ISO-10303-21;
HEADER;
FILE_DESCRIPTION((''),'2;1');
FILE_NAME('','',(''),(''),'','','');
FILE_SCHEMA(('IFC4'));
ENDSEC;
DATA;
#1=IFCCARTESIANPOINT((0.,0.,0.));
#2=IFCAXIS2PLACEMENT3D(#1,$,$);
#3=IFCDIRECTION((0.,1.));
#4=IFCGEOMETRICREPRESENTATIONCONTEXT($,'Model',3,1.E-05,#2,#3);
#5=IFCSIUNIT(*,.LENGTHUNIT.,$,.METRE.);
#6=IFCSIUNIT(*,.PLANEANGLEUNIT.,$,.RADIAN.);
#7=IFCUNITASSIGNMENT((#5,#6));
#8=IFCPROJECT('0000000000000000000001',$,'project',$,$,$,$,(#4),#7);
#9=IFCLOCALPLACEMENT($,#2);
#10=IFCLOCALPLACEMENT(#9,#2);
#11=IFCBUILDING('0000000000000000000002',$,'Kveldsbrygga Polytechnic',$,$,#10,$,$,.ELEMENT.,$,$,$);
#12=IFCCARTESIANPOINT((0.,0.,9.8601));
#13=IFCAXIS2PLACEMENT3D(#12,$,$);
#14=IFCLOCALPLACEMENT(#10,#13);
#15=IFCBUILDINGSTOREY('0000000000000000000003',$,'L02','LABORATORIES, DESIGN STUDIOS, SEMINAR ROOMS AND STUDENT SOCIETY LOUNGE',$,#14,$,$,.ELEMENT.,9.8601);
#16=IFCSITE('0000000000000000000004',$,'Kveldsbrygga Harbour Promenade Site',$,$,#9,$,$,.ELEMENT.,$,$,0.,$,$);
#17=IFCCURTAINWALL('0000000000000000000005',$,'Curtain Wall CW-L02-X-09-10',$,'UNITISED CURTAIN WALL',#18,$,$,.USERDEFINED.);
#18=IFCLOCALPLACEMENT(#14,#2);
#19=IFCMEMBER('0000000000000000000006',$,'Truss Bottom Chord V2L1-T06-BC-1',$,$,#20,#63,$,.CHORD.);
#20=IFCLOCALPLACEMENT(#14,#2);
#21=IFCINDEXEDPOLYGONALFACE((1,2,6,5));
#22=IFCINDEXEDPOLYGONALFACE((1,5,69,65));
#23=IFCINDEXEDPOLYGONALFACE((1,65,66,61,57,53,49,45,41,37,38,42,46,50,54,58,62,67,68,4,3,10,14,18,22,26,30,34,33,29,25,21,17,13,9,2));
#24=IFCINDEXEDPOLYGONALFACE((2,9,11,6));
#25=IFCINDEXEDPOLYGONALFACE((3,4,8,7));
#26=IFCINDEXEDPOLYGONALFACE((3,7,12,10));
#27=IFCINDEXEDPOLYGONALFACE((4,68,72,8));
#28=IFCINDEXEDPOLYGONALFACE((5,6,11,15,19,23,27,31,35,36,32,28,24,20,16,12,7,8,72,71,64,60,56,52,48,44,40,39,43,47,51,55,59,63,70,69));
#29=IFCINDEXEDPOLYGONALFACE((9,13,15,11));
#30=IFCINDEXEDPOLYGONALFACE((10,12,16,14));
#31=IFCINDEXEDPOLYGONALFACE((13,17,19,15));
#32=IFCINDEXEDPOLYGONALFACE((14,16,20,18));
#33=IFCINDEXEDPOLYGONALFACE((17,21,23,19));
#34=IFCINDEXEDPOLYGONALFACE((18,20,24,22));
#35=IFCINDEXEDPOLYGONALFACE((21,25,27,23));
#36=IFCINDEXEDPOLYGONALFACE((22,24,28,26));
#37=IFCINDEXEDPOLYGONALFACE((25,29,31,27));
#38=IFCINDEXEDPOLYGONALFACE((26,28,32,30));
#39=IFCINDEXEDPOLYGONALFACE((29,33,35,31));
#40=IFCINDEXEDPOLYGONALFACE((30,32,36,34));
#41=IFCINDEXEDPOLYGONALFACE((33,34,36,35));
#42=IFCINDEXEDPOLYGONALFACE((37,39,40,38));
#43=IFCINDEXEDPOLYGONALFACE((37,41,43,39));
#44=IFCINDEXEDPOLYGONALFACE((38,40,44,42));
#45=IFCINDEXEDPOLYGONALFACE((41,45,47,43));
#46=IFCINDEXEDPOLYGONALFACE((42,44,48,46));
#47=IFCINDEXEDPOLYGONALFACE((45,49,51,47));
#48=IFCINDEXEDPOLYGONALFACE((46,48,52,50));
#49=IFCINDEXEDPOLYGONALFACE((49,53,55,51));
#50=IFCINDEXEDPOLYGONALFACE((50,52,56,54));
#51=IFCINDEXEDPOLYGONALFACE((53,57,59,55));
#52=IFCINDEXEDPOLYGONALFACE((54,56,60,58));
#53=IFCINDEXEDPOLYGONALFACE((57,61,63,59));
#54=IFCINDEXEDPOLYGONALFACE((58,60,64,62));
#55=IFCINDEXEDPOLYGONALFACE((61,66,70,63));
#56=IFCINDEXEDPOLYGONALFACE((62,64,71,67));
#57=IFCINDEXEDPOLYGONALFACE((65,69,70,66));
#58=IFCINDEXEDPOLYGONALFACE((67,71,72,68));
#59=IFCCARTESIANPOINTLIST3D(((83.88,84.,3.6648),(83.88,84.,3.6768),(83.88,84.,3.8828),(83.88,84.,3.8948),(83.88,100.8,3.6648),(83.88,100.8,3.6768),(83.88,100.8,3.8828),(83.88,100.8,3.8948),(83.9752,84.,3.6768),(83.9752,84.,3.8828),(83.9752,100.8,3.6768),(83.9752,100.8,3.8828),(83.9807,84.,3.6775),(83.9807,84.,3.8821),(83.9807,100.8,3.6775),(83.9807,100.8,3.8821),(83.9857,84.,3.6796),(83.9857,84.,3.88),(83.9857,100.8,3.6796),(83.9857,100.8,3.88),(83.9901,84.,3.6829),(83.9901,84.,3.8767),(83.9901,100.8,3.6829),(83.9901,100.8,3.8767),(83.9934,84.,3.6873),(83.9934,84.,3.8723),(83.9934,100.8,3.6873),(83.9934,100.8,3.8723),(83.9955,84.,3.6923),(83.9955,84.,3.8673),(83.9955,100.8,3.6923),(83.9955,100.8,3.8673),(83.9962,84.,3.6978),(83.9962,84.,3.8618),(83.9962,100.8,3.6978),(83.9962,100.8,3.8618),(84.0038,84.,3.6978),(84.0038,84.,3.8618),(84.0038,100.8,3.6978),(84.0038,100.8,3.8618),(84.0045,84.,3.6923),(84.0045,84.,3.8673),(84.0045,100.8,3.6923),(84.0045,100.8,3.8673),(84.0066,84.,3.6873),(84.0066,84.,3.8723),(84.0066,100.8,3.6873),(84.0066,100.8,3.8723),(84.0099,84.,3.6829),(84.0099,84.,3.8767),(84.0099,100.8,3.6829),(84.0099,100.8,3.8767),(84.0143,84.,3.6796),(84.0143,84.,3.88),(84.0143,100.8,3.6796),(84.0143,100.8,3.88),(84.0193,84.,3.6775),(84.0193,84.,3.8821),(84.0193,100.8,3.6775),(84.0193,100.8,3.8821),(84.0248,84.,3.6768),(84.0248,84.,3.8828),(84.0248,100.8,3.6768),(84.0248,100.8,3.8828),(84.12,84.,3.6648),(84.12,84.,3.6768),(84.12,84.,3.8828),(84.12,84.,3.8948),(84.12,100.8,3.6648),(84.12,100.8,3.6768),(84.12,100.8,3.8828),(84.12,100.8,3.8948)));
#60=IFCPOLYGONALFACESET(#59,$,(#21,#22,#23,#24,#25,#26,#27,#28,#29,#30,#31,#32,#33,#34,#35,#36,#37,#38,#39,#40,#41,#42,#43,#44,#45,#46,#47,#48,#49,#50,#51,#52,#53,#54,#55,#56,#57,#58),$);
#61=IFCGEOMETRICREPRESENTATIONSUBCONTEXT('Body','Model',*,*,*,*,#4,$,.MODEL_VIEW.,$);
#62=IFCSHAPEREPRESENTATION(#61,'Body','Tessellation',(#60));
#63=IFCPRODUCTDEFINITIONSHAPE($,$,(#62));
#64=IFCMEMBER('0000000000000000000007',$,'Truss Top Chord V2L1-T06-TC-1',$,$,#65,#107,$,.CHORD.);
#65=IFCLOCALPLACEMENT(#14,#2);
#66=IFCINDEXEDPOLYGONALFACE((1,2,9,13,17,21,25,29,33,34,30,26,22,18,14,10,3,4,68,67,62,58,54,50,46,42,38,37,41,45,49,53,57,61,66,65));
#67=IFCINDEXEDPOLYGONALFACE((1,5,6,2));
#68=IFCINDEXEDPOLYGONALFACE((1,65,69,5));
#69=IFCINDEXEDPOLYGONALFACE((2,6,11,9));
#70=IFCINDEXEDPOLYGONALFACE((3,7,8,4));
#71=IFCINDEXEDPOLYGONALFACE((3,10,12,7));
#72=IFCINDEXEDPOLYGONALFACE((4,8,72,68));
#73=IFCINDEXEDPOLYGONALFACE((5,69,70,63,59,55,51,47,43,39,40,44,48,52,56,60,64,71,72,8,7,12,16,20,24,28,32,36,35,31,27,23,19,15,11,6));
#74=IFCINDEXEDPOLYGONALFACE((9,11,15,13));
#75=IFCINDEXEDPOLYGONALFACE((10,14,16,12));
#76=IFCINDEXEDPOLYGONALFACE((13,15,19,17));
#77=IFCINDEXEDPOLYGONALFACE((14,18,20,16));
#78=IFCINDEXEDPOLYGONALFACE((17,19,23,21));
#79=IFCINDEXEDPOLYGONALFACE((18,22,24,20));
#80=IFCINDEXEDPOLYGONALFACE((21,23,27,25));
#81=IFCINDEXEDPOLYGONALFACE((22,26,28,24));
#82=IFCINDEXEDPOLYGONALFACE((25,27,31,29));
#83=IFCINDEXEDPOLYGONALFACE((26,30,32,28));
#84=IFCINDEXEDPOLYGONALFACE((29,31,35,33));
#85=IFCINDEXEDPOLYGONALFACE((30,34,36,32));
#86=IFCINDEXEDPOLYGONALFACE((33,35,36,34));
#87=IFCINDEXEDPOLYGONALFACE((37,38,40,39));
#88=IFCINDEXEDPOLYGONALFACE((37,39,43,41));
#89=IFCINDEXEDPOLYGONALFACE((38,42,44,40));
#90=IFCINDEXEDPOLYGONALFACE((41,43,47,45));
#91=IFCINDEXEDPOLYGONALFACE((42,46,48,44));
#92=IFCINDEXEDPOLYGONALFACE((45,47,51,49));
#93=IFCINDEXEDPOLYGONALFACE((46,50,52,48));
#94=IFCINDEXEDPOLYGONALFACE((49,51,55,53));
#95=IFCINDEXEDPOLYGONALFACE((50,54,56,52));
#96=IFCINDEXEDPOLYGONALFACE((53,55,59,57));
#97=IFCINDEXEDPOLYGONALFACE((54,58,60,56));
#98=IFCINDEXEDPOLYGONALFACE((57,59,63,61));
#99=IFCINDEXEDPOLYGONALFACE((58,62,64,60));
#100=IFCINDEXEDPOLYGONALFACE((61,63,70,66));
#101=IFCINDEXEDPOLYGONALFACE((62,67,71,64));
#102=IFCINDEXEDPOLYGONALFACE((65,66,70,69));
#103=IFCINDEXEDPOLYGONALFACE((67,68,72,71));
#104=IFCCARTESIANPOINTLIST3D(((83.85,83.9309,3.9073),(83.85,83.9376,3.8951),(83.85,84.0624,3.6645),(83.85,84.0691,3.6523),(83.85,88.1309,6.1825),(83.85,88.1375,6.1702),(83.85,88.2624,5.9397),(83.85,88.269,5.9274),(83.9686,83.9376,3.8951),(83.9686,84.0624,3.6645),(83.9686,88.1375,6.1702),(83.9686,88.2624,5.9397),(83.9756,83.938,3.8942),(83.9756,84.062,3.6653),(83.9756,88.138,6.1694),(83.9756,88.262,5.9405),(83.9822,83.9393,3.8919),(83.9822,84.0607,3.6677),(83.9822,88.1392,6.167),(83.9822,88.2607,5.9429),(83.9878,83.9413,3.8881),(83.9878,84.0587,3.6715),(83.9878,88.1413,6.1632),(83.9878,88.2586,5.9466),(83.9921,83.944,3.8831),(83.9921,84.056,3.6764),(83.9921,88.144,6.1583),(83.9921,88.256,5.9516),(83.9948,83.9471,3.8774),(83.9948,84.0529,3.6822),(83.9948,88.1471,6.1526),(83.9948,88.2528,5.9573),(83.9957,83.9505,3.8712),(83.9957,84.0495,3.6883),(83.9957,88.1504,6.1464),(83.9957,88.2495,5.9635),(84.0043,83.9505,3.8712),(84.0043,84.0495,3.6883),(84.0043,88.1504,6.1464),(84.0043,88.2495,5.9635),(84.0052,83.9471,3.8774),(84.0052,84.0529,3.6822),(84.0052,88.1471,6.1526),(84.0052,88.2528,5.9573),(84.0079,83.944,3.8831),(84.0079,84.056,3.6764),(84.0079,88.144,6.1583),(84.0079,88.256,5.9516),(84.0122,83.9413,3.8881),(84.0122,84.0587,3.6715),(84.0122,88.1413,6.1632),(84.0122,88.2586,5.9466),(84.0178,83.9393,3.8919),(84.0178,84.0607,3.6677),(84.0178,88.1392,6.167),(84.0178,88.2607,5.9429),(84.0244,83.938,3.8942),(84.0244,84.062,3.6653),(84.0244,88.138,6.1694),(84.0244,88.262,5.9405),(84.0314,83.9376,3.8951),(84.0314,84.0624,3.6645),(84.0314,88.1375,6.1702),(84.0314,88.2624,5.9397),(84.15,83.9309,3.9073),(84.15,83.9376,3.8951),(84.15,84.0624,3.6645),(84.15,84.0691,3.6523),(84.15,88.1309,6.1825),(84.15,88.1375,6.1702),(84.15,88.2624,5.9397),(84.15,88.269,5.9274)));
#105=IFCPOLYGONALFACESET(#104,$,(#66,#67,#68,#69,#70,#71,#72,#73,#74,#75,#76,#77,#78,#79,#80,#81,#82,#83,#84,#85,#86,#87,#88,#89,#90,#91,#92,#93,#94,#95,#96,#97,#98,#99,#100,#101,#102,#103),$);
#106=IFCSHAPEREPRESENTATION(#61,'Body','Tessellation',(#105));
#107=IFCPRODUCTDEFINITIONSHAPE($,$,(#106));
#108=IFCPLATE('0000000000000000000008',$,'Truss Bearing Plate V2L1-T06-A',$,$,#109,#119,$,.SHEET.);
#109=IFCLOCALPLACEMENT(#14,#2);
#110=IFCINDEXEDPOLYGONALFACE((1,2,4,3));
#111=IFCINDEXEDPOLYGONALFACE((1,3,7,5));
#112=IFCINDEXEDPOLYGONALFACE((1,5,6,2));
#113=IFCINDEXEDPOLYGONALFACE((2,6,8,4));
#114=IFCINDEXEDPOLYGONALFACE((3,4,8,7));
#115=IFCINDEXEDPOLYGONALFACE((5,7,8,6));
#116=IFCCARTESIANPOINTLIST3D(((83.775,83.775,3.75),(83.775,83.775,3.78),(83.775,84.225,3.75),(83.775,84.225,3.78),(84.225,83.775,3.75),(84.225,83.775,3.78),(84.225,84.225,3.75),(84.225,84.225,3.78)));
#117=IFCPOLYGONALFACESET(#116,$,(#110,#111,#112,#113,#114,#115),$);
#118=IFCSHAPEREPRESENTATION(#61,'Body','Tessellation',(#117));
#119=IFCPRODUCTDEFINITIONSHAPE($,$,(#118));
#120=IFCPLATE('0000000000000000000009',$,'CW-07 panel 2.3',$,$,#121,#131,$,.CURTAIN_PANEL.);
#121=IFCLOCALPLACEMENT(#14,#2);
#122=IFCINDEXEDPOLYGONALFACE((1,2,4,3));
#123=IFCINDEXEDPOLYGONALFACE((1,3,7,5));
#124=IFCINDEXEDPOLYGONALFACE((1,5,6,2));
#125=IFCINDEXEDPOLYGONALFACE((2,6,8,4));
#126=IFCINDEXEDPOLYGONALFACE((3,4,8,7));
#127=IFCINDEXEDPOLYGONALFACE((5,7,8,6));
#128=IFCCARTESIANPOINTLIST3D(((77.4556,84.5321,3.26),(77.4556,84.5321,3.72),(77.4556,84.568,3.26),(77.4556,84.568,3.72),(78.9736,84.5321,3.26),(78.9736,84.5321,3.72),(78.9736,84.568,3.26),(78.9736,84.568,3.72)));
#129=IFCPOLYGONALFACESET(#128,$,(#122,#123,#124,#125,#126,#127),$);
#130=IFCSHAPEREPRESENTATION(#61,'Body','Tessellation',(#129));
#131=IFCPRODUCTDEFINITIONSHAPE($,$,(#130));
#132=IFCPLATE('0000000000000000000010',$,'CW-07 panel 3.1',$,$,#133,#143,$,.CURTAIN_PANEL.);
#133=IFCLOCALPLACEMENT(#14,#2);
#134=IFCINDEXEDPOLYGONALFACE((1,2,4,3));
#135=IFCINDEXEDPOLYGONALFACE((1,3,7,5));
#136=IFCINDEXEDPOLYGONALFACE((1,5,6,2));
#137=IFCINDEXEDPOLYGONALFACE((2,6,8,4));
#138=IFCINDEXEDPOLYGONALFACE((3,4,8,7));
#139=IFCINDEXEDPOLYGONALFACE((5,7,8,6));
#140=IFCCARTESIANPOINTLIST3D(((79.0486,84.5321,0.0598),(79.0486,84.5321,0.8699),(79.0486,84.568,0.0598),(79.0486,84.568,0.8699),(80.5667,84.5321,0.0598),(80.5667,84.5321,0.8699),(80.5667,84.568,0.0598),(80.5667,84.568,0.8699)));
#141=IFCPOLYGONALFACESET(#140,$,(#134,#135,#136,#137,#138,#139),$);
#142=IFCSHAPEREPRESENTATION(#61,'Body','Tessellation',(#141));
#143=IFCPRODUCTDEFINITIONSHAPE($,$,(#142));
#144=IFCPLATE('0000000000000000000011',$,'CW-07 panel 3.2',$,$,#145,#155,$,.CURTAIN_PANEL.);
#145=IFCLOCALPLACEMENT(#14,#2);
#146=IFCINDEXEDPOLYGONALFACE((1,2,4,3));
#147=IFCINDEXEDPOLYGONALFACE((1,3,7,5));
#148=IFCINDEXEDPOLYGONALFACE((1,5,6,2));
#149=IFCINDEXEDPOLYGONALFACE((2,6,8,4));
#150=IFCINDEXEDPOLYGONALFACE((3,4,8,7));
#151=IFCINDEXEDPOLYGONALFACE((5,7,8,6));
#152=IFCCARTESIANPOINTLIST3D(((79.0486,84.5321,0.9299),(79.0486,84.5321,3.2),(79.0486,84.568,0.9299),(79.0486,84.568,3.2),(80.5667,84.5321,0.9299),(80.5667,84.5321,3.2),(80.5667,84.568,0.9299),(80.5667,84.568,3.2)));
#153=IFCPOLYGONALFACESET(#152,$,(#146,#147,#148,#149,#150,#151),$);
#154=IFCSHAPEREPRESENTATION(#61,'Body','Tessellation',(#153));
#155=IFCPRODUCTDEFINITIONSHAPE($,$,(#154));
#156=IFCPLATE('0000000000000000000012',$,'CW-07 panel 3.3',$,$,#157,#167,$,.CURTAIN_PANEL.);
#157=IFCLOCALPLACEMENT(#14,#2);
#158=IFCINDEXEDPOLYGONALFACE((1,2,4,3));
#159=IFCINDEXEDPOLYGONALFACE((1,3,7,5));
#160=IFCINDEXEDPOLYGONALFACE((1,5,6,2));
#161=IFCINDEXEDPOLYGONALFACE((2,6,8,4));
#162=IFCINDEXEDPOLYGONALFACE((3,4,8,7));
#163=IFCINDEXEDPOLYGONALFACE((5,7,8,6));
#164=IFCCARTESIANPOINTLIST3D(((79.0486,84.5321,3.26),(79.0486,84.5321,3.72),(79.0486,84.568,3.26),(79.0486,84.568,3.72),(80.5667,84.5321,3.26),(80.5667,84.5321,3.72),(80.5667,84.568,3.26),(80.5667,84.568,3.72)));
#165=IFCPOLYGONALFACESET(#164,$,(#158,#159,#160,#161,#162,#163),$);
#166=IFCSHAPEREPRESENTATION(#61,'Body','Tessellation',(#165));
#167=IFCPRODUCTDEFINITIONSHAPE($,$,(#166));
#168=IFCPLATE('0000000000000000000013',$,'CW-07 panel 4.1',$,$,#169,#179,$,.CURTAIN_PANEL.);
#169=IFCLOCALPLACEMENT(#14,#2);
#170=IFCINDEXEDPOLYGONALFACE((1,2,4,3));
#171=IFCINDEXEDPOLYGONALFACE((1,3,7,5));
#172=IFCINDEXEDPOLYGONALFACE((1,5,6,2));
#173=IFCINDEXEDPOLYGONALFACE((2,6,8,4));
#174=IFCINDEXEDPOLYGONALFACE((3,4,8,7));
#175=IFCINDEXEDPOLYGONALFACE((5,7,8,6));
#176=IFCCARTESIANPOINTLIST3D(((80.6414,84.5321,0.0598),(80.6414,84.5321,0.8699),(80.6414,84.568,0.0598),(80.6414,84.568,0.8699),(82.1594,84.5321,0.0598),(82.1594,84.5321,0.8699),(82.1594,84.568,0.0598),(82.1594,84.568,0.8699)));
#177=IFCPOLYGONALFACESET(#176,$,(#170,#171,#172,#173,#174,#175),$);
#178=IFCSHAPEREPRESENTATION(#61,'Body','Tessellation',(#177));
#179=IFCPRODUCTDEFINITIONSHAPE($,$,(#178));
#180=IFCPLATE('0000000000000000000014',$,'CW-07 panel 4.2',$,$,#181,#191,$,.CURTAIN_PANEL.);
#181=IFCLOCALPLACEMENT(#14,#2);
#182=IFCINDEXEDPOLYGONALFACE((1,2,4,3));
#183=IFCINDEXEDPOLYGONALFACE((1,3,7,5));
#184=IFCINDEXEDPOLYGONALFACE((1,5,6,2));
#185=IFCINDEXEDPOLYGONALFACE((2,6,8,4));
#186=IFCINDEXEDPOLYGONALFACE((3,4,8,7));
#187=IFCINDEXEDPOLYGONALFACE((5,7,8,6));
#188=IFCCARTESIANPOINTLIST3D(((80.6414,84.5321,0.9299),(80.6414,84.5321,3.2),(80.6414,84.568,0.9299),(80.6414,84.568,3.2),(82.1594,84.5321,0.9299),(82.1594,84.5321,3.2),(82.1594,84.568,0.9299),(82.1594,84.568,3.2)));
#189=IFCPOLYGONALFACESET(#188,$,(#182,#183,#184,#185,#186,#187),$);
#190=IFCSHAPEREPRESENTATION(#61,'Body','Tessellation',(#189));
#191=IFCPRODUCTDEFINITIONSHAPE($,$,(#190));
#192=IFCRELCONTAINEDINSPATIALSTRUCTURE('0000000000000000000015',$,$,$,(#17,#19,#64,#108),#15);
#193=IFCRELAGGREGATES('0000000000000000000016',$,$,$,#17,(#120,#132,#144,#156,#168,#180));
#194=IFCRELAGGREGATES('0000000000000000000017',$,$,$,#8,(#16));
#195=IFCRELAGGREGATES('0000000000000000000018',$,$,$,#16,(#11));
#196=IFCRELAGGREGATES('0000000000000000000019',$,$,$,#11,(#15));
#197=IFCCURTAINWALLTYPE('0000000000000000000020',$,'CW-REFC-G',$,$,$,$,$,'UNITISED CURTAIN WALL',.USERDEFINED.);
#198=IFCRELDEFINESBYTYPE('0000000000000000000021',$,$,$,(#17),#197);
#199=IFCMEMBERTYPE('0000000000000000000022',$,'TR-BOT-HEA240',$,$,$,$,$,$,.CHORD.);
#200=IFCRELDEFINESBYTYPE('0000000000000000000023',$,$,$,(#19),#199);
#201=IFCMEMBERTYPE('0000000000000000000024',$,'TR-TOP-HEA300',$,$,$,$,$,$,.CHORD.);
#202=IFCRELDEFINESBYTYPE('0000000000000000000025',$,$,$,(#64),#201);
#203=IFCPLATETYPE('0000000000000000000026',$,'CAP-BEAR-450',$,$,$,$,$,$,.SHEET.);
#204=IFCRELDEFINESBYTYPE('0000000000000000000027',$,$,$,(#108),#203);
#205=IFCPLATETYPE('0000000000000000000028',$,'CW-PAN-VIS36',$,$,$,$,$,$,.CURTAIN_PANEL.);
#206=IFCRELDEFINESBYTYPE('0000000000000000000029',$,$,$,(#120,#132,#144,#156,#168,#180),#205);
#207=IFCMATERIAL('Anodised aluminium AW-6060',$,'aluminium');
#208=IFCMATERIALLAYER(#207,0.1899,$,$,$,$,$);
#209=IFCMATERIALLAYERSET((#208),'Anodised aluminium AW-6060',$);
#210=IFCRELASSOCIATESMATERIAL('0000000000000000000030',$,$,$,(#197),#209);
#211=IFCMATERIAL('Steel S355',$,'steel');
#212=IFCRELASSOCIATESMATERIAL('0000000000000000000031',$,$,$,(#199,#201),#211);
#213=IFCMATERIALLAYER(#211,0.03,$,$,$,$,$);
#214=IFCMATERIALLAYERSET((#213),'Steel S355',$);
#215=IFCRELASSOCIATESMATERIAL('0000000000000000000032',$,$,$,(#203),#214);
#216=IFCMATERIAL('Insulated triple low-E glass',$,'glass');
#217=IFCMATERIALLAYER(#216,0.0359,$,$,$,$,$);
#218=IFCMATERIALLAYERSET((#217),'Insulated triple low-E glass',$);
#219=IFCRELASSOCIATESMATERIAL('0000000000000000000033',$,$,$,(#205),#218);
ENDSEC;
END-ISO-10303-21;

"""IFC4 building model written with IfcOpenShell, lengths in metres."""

from ifc_helpers import new_model, si_unit, direction, frame, origin, origin_2d, place, context, subcontext, project, spatial, rectangle, i_section, extrude, material, layer, layer_set, material_profile, profile_set, type_object, element, aggregate, save


model = new_model("IFC4")

# Units and contexts
model_context = context("Model", 3, precision=1e-05, world=origin(), true_north=direction((0.0, 1.0)))
body_context = subcontext(model_context, "Body", "Model", "MODEL_VIEW")
ifc_project = project(units=[si_unit("LENGTHUNIT", "METRE"), si_unit("PLANEANGLEUNIT", "RADIAN")], contexts=[model_context])

# Site, building, storey
site_placement = place(None, origin())
site = spatial("IfcSite", under=ifc_project, at=site_placement, Name="Kveldsbrygga Harbour Promenade Site", CompositionType="ELEMENT", RefElevation=0.0)
building_placement = place(site_placement, origin())
building = spatial("IfcBuilding", under=site, at=building_placement, Name="Kveldsbrygga Polytechnic", CompositionType="ELEMENT")
storey_placement = place(building_placement, frame((0.0, 0.0, 9.8601)))
storey = spatial("IfcBuildingStorey", under=building, at=storey_placement, Name="L02", Description="LABORATORIES, DESIGN STUDIOS, SEMINAR ROOMS AND STUDENT SOCIETY LOUNGE", CompositionType="ELEMENT", Elevation=9.8601)

# Curtain wall
ifc_material_1 = material(Name="Anodised aluminium AW-6060", Category="aluminium")
ifc_layer_1 = layer(ifc_material_1, 0.1899)
ifc_layer_set_1 = layer_set([ifc_layer_1], Name="Anodised aluminium AW-6060")
curtain_wall_type = type_object("IfcCurtainWallType", Name="CW-REFC-G", ElementType="UNITISED CURTAIN WALL", PredefinedType="USERDEFINED", material=ifc_layer_set_1)
curtain_wall_placement = place(storey_placement, origin())
curtain_wall = element("IfcCurtainWall", 1, at=curtain_wall_placement, inside=storey, type_object=curtain_wall_type, Name="Curtain Wall CW-L02-X-09-10", ObjectType="UNITISED CURTAIN WALL", PredefinedType="USERDEFINED")

# Members
ifc_material_2 = material(Name="Steel S355", Category="steel")
ifc_material_profile_1 = material_profile(ifc_material_2, i_section(OverallWidth=0.24, OverallDepth=0.23, WebThickness=0.0076, FlangeThickness=0.012, FilletRadius=0.021, at=origin_2d()), Name="HEA 240")
ifc_profile_set_1 = profile_set([ifc_material_profile_1], Name="Steel S355")
member_type_1 = type_object("IfcMemberType", Name="TR-BOT-HEA240", PredefinedType="CHORD", material=ifc_profile_set_1)
member_1_placement = place(storey_placement, frame((84.0, 84.0, 3.7798), z_axis=(0.0, 1.0, 0.0), x_axis=(-1.0, 0.0, 0.0)))
element("IfcMember", 2, at=member_1_placement, inside=storey, type_object=member_type_1, Name="Truss Bottom Chord V2L1-T06-BC-1", PredefinedType="CHORD", context=body_context, shape_type="SweptSolid", body=[
    extrude(i_section(OverallWidth=0.24, OverallDepth=0.23, WebThickness=0.0076, FlangeThickness=0.012, FilletRadius=0.021, at=origin_2d()), origin(), (0.0, 0.0, 1.0), 16.8),
])
ifc_material_profile_2 = material_profile(ifc_material_2, i_section(OverallWidth=0.3, OverallDepth=0.29, WebThickness=0.0085, FlangeThickness=0.0139, FilletRadius=0.0271, at=origin_2d()), Name="HEA 300")
ifc_profile_set_2 = profile_set([ifc_material_profile_2], Name="Steel S355")
member_type_2 = type_object("IfcMemberType", Name="TR-TOP-HEA300", PredefinedType="CHORD", material=ifc_profile_set_2)
member_2_placement = place(storey_placement, frame((84.0, 84.0, 3.7798), z_axis=(0.0, 0.879277, 0.476311), x_axis=(-1.0, 0.0, 0.0)))
element("IfcMember", 3, at=member_2_placement, inside=storey, type_object=member_type_2, Name="Truss Top Chord V2L1-T06-TC-1", PredefinedType="CHORD", context=body_context, shape_type="SweptSolid", body=[
    extrude(i_section(OverallWidth=0.3, OverallDepth=0.29, WebThickness=0.0085, FlangeThickness=0.0139, FilletRadius=0.0271, at=origin_2d()), origin(), (0.0, 0.0, 1.0), 4.7766),
])

# Plates
ifc_layer_2 = layer(ifc_material_2, 0.03)
ifc_layer_set_2 = layer_set([ifc_layer_2], Name="Steel S355")
plate_type_1 = type_object("IfcPlateType", Name="CAP-BEAR-450", PredefinedType="SHEET", material=ifc_layer_set_2)
plate_1_placement = place(storey_placement, frame((84.0, 84.0, 3.75), z_axis=(0.0, 0.0, 1.0), x_axis=(1.0, 0.0, 0.0)))
element("IfcPlate", 4, at=plate_1_placement, inside=storey, type_object=plate_type_1, Name="Truss Bearing Plate V2L1-T06-A", PredefinedType="SHEET", context=body_context, shape_type="SweptSolid", body=[
    extrude(rectangle(XDim=0.45, YDim=0.45, at=origin_2d()), origin(), (0.0, 0.0, 1.0), 0.03),
])
ifc_material_3 = material(Name="Insulated triple low-E glass", Category="glass")
ifc_layer_3 = layer(ifc_material_3, 0.0359)
ifc_layer_set_3 = layer_set([ifc_layer_3], Name="Insulated triple low-E glass")
plate_type_2 = type_object("IfcPlateType", Name="CW-PAN-VIS36", PredefinedType="CURTAIN_PANEL", material=ifc_layer_set_3)
plate_2_placement = place(storey_placement, frame((78.2146, 84.55, 3.26), z_axis=(0.0, 0.0, 1.0), x_axis=(1.0, 0.0, 0.0)))
plate_2 = element("IfcPlate", 5, at=plate_2_placement, type_object=plate_type_2, Name="CW-07 panel 2.3", PredefinedType="CURTAIN_PANEL", context=body_context, shape_type="SweptSolid", body=[
    extrude(rectangle(XDim=1.5181, YDim=0.0359, at=origin_2d()), origin(), (0.0, 0.0, 1.0), 0.46),
])
plate_3_placement = place(storey_placement, frame((79.8076, 84.55, 0.0598), z_axis=(0.0, 0.0, 1.0), x_axis=(1.0, 0.0, 0.0)))
plate_3 = element("IfcPlate", 6, at=plate_3_placement, type_object=plate_type_2, Name="CW-07 panel 3.1", PredefinedType="CURTAIN_PANEL", context=body_context, shape_type="SweptSolid", body=[
    extrude(rectangle(XDim=1.5181, YDim=0.0359, at=origin_2d()), origin(), (0.0, 0.0, 1.0), 0.8101),
])
plate_4_placement = place(storey_placement, frame((79.8076, 84.55, 0.9299), z_axis=(0.0, 0.0, 1.0), x_axis=(1.0, 0.0, 0.0)))
plate_4 = element("IfcPlate", 7, at=plate_4_placement, type_object=plate_type_2, Name="CW-07 panel 3.2", PredefinedType="CURTAIN_PANEL", context=body_context, shape_type="SweptSolid", body=[
    extrude(rectangle(XDim=1.5181, YDim=0.0359, at=origin_2d()), origin(), (0.0, 0.0, 1.0), 2.27),
])
plate_5_placement = place(storey_placement, frame((79.8076, 84.55, 3.26), z_axis=(0.0, 0.0, 1.0), x_axis=(1.0, 0.0, 0.0)))
plate_5 = element("IfcPlate", 8, at=plate_5_placement, type_object=plate_type_2, Name="CW-07 panel 3.3", PredefinedType="CURTAIN_PANEL", context=body_context, shape_type="SweptSolid", body=[
    extrude(rectangle(XDim=1.5181, YDim=0.0359, at=origin_2d()), origin(), (0.0, 0.0, 1.0), 0.46),
])
plate_6_placement = place(storey_placement, frame((81.4004, 84.55, 0.0598), z_axis=(0.0, 0.0, 1.0), x_axis=(1.0, 0.0, 0.0)))
plate_6 = element("IfcPlate", 9, at=plate_6_placement, type_object=plate_type_2, Name="CW-07 panel 4.1", PredefinedType="CURTAIN_PANEL", context=body_context, shape_type="SweptSolid", body=[
    extrude(rectangle(XDim=1.5181, YDim=0.0359, at=origin_2d()), origin(), (0.0, 0.0, 1.0), 0.8101),
])
plate_7_placement = place(storey_placement, frame((81.4004, 84.55, 0.9299), z_axis=(0.0, 0.0, 1.0), x_axis=(1.0, 0.0, 0.0)))
plate_7 = element("IfcPlate", 10, at=plate_7_placement, type_object=plate_type_2, Name="CW-07 panel 4.2", PredefinedType="CURTAIN_PANEL", context=body_context, shape_type="SweptSolid", body=[
    extrude(rectangle(XDim=1.5181, YDim=0.0359, at=origin_2d()), origin(), (0.0, 0.0, 1.0), 2.27),
])
aggregate(curtain_wall, [plate_2, plate_3, plate_4, plate_5, plate_6, plate_7])

save(model, "model.ifc")
